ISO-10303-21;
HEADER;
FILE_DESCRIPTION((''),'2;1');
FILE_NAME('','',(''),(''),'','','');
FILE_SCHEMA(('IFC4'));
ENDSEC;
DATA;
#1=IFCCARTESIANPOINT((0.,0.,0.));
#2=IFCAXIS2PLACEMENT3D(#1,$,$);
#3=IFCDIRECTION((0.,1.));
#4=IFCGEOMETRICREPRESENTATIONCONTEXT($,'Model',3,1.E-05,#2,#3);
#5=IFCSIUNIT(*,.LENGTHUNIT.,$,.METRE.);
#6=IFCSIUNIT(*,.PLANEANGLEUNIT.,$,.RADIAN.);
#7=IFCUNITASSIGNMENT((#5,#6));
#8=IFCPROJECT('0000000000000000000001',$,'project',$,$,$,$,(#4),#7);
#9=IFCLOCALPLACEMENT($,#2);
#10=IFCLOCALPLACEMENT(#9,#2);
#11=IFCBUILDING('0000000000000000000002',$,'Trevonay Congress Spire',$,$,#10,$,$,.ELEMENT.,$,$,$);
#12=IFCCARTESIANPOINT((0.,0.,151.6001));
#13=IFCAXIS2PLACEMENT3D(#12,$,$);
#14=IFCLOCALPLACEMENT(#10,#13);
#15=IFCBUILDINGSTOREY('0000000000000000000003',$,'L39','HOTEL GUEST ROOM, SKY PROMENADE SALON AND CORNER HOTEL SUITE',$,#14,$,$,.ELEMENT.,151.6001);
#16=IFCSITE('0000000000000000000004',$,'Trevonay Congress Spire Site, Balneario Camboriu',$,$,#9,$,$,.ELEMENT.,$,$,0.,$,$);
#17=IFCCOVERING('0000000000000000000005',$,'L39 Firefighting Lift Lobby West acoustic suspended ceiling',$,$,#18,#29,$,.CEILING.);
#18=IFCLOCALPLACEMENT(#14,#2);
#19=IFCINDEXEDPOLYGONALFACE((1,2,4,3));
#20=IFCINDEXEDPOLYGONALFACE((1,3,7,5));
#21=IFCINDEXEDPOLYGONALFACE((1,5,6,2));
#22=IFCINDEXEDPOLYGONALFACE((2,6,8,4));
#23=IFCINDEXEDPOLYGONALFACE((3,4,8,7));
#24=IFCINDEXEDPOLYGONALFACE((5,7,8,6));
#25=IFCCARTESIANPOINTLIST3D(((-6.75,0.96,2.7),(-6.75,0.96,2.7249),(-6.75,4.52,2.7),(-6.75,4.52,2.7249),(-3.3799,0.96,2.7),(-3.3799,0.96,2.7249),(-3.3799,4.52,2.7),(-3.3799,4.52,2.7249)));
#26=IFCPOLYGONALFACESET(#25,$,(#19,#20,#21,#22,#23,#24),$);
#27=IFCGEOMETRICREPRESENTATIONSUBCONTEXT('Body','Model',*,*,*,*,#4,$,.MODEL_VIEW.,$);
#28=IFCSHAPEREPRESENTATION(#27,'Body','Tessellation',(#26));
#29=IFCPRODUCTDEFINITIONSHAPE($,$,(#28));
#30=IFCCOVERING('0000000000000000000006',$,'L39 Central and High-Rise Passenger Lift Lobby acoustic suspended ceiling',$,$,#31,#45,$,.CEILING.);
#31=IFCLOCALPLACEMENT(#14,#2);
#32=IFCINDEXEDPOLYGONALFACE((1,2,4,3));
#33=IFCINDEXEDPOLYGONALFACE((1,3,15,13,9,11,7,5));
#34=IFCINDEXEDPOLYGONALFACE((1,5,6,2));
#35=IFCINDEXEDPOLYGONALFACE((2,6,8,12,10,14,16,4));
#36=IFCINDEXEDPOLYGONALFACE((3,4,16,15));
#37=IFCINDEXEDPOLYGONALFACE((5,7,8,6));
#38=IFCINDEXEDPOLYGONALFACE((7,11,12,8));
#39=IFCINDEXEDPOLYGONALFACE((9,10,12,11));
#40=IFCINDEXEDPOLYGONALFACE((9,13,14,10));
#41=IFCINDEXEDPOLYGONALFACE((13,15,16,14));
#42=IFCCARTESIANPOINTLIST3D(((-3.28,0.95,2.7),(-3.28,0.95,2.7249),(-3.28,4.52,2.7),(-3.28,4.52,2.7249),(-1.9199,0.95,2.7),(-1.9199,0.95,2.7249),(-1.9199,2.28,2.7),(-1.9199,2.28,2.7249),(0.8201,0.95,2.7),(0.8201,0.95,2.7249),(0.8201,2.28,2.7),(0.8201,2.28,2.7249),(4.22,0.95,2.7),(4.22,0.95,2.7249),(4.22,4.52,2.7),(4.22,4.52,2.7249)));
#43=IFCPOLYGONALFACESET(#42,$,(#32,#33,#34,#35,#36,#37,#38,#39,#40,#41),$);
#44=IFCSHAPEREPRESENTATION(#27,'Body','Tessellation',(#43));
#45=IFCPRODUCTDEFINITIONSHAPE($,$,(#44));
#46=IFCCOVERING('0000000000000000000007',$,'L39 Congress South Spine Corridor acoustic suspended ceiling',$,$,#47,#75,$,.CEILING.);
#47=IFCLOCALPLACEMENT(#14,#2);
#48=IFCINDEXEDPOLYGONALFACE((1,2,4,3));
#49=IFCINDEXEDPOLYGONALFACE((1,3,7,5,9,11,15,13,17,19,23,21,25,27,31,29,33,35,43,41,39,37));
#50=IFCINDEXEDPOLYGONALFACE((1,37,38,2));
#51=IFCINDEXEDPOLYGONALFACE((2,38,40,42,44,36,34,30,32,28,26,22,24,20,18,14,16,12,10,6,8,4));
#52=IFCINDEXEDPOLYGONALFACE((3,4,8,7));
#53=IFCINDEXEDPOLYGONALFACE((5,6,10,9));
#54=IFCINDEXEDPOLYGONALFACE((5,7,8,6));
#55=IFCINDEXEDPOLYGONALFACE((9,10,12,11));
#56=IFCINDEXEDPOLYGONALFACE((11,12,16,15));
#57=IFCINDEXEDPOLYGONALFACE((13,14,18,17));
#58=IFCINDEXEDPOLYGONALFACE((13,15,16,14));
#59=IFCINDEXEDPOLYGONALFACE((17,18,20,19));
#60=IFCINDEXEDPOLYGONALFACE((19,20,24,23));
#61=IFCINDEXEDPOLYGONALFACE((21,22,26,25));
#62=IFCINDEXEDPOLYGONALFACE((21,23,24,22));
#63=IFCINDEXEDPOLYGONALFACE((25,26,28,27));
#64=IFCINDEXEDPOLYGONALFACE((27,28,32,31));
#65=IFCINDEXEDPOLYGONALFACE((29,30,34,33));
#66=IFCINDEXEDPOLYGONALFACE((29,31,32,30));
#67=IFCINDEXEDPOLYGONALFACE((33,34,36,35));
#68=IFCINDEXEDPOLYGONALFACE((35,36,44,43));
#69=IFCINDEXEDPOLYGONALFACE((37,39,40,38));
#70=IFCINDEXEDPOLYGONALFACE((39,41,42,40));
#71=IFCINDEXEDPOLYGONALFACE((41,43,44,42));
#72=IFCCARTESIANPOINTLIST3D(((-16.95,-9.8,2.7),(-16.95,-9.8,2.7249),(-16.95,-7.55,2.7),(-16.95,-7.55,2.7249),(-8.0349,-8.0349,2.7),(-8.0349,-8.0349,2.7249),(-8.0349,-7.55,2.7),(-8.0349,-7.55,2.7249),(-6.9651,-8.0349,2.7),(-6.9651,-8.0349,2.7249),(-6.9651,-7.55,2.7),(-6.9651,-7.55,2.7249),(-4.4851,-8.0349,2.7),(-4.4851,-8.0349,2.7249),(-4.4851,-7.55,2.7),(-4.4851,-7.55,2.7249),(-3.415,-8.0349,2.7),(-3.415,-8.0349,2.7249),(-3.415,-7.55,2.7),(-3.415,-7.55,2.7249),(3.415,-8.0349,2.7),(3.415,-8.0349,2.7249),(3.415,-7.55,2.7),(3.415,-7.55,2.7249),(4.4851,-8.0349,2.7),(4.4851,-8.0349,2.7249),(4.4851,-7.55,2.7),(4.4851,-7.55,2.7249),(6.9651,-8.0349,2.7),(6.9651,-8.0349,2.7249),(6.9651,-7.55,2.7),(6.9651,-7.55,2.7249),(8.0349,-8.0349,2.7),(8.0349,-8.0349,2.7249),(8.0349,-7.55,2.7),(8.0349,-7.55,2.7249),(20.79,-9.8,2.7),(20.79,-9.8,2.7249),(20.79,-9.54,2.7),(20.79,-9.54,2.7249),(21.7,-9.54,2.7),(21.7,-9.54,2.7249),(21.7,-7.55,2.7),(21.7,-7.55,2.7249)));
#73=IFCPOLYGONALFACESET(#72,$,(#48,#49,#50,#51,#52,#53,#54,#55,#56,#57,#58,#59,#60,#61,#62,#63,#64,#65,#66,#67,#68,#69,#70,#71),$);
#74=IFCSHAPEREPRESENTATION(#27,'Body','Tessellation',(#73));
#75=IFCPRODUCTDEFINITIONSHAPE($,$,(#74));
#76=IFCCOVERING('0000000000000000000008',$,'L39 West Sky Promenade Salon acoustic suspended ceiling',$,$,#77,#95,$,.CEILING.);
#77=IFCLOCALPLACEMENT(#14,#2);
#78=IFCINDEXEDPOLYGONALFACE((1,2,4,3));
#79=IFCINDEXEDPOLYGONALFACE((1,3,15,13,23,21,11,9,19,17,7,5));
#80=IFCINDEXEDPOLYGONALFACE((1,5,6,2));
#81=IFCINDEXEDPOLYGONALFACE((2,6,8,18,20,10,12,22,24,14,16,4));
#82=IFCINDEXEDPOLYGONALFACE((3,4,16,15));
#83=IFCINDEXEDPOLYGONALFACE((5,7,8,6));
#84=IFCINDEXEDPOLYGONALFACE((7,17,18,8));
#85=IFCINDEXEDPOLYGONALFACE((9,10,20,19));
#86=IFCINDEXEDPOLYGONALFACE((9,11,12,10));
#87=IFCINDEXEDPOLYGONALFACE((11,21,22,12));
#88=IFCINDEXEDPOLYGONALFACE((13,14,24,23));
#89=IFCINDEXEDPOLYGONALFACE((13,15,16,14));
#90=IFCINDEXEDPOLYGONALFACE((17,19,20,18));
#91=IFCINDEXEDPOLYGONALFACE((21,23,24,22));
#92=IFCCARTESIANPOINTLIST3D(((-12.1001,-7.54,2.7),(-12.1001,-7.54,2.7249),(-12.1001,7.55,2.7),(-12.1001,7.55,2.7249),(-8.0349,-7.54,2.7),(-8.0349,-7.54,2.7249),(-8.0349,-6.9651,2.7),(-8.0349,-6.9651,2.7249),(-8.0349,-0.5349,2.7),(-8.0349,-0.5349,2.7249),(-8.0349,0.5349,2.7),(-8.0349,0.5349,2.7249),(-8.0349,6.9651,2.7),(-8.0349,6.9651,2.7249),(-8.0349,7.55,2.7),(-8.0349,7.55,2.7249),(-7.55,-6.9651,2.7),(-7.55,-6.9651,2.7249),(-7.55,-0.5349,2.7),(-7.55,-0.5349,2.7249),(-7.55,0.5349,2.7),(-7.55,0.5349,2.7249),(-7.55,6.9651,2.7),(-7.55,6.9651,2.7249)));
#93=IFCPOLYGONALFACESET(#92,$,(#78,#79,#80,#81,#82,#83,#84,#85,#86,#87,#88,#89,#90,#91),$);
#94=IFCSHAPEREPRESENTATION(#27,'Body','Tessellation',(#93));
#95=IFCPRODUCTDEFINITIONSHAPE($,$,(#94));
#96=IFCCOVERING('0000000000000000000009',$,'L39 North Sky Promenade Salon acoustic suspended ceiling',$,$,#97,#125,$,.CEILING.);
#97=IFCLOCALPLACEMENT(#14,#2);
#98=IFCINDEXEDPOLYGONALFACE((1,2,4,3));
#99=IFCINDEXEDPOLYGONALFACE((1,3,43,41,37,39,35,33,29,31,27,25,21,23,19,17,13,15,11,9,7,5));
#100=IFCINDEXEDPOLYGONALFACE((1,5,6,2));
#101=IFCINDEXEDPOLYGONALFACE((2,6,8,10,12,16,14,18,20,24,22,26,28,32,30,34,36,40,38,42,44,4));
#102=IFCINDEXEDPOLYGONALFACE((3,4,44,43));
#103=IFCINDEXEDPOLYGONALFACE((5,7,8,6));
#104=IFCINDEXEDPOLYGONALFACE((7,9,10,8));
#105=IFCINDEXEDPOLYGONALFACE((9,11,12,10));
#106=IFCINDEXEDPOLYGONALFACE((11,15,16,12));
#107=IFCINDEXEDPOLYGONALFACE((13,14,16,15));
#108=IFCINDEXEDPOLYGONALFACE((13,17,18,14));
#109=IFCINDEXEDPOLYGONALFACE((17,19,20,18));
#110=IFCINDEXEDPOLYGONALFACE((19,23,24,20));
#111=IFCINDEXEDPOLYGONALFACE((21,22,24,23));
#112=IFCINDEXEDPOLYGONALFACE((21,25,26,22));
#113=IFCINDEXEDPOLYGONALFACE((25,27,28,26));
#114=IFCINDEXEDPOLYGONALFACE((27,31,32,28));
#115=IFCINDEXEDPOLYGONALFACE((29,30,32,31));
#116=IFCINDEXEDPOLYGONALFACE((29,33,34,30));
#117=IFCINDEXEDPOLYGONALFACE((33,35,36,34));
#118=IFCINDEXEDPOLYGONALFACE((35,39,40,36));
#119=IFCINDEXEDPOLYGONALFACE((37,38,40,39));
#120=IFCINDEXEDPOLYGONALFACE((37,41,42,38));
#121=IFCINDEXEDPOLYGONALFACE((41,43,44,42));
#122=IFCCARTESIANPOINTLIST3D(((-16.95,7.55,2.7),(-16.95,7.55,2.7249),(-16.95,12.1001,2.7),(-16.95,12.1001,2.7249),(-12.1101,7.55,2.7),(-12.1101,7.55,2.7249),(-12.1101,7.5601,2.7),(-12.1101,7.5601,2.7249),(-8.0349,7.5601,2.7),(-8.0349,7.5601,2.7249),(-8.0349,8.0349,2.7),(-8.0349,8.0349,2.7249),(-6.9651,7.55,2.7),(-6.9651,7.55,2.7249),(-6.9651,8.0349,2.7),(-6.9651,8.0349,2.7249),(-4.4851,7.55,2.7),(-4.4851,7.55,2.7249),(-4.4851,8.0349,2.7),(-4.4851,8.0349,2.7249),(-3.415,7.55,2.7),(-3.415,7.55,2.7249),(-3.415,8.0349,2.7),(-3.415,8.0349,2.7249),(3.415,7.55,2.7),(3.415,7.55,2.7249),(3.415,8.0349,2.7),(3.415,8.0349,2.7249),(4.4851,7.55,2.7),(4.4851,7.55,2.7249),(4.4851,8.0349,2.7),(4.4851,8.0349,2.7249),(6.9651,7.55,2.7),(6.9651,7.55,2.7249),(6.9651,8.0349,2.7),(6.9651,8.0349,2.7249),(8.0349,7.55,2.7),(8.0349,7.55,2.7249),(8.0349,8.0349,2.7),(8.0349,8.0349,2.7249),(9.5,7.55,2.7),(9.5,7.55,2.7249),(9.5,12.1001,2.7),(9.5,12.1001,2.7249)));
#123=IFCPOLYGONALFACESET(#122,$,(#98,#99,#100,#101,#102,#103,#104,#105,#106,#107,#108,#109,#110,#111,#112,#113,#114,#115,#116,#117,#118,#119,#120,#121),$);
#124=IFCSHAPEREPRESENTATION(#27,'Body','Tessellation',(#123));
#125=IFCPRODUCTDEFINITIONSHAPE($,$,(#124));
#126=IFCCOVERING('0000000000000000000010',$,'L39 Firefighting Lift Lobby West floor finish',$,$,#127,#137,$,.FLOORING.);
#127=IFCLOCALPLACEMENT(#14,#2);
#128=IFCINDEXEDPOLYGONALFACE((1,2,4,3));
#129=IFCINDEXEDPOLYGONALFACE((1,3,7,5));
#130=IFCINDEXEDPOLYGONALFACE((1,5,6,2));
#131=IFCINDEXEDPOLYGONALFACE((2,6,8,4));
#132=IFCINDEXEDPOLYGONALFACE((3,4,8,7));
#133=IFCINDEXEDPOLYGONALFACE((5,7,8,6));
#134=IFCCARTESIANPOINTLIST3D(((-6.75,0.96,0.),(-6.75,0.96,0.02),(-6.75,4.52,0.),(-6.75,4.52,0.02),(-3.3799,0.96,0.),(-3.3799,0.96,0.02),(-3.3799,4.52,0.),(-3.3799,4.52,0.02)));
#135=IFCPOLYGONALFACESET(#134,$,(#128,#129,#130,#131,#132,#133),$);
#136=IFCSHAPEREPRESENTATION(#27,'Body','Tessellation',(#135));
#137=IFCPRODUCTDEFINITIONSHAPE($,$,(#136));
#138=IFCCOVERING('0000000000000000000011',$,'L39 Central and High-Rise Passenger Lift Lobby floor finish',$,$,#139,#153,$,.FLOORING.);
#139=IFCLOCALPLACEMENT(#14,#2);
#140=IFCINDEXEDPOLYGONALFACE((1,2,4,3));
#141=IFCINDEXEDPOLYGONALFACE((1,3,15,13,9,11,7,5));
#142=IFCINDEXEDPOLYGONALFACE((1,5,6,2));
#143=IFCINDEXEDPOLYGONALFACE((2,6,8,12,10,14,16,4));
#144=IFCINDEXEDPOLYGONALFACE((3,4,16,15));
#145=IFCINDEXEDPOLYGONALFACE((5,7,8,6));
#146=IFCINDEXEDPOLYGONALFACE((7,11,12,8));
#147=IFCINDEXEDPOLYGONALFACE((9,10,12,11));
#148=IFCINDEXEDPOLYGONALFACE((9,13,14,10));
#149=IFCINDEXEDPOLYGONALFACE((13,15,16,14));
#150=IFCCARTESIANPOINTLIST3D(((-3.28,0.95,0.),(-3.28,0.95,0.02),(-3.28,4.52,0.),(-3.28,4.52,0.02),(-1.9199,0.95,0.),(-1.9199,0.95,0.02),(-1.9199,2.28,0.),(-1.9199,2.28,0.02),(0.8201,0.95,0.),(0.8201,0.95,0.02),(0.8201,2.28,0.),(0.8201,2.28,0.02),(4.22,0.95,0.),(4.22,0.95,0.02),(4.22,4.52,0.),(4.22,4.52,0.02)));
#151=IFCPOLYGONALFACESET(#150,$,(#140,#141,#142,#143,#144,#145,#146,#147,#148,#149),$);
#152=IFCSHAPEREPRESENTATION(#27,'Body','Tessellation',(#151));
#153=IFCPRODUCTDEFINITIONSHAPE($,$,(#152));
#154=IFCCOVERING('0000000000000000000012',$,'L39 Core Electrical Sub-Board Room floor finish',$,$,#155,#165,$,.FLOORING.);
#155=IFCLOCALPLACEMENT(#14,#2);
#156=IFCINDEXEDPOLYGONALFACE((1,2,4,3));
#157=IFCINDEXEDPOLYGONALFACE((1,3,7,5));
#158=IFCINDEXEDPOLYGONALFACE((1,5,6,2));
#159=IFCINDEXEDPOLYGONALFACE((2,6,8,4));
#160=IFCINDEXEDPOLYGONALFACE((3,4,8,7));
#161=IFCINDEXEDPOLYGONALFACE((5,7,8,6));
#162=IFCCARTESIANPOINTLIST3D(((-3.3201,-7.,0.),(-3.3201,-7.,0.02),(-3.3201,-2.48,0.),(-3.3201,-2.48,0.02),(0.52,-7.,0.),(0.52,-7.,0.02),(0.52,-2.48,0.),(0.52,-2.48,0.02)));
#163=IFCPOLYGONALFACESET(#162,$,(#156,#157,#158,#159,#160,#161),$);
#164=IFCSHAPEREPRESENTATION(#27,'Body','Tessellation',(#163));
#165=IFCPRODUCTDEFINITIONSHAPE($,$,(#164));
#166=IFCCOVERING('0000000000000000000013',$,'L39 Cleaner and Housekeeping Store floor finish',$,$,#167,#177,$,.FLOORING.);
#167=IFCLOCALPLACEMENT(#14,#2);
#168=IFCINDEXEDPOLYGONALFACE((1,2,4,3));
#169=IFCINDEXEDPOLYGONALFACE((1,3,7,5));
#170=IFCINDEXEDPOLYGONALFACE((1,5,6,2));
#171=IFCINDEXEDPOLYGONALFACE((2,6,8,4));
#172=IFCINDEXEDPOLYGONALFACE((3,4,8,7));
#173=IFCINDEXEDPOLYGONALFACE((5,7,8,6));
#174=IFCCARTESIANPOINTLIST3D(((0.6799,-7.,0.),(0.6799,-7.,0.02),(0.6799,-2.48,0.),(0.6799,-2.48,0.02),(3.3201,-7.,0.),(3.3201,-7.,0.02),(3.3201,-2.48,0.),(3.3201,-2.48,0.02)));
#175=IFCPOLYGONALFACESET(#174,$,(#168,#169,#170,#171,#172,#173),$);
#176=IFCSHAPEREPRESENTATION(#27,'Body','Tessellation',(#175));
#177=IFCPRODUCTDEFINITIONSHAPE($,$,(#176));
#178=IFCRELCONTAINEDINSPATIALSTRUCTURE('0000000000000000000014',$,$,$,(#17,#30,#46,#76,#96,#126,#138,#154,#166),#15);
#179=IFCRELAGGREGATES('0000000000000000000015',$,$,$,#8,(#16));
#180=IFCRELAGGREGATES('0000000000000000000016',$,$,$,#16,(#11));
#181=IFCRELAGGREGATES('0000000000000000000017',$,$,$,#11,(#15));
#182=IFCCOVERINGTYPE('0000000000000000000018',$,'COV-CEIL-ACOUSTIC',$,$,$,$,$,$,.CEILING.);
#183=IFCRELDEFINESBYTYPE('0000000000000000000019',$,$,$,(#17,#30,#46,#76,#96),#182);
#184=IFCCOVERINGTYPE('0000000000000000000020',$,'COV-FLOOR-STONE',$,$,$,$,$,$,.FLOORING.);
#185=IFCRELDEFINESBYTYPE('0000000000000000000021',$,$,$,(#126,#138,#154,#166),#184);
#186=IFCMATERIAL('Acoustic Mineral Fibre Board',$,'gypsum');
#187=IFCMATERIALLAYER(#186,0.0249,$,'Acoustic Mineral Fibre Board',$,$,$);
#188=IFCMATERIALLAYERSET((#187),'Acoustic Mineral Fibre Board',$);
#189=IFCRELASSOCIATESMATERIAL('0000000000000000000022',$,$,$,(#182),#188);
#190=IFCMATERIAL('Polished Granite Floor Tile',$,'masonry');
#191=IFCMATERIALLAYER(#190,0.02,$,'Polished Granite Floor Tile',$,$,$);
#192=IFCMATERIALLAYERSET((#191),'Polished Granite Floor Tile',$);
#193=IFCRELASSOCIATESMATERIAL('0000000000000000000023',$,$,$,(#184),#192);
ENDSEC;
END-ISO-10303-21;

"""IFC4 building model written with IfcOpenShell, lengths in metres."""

from ifc_helpers import new_model, si_unit, direction, frame, origin, place, context, subcontext, project, spatial, polyline, outline, extrude, material, layer, layer_set, type_object, element, save


model = new_model("IFC4")

# Units and contexts
model_context = context("Model", 3, precision=1e-05, world=origin(), true_north=direction((0.0, 1.0)))
body_context = subcontext(model_context, "Body", "Model", "MODEL_VIEW")
ifc_project = project(units=[si_unit("LENGTHUNIT", "METRE"), si_unit("PLANEANGLEUNIT", "RADIAN")], contexts=[model_context])

# Site, building, storey
site_placement = place(None, origin())
site = spatial("IfcSite", under=ifc_project, at=site_placement, Name="Trevonay Congress Spire Site, Balneario Camboriu", CompositionType="ELEMENT", RefElevation=0.0)
building_placement = place(site_placement, origin())
building = spatial("IfcBuilding", under=site, at=building_placement, Name="Trevonay Congress Spire", CompositionType="ELEMENT")
storey_placement = place(building_placement, frame((0.0, 0.0, 151.6001)))
storey = spatial("IfcBuildingStorey", under=building, at=storey_placement, Name="L39", Description="HOTEL GUEST ROOM, SKY PROMENADE SALON AND CORNER HOTEL SUITE", CompositionType="ELEMENT", Elevation=151.6001)

# Coverings
ifc_material_1 = material(Name="Acoustic Mineral Fibre Board", Category="gypsum")
ifc_layer_1 = layer(ifc_material_1, 0.0249, Name="Acoustic Mineral Fibre Board")
ifc_layer_set_1 = layer_set([ifc_layer_1], Name="Acoustic Mineral Fibre Board")
covering_type_1 = type_object("IfcCoveringType", Name="COV-CEIL-ACOUSTIC", PredefinedType="CEILING", material=ifc_layer_set_1)
covering_1_placement = place(storey_placement, frame((0.0, 0.0, 2.7)))
element("IfcCovering", 1, at=covering_1_placement, inside=storey, type_object=covering_type_1, Name="L39 Firefighting Lift Lobby West acoustic suspended ceiling", PredefinedType="CEILING", context=body_context, shape_type="SweptSolid", body=[
    extrude(outline(polyline([(-6.75, 0.96), (-3.3799, 0.96), (-3.3799, 4.52), (-6.75, 4.52), (-6.75, 0.96)])), origin(), (0.0, 0.0, 1.0), 0.0249),
])
covering_2_placement = place(storey_placement, frame((0.0, 0.0, 2.7)))
element("IfcCovering", 2, at=covering_2_placement, inside=storey, type_object=covering_type_1, Name="L39 Central and High-Rise Passenger Lift Lobby acoustic suspended ceiling", PredefinedType="CEILING", context=body_context, shape_type="SweptSolid", body=[
    extrude(outline(polyline([(-3.28, 0.95), (-1.9199, 0.95), (-1.9199, 2.28), (0.8201, 2.28), (0.8201, 0.95), (4.22, 0.95), (4.22, 4.52), (-3.28, 4.52), (-3.28, 0.95)])), origin(), (0.0, 0.0, 1.0), 0.0249),
])
covering_3_placement = place(storey_placement, frame((0.0, 0.0, 2.7)))
element("IfcCovering", 3, at=covering_3_placement, inside=storey, type_object=covering_type_1, Name="L39 Congress South Spine Corridor acoustic suspended ceiling", PredefinedType="CEILING", context=body_context, shape_type="SweptSolid", body=[
    extrude(outline(polyline([(-16.95, -9.8), (-16.95, -7.55), (-8.0349, -7.55), (-8.0349, -8.0349), (-6.9651, -8.0349), (-6.9651, -7.55), (-4.4851, -7.55), (-4.4851, -8.0349), (-3.415, -8.0349), (-3.415, -7.55), (3.415, -7.55), (3.415, -8.0349), (4.4851, -8.0349), (4.4851, -7.55), (6.9651, -7.55), (6.9651, -8.0349), (8.0349, -8.0349), (8.0349, -7.55), (21.7, -7.55), (21.7, -9.54), (20.79, -9.54), (20.79, -9.8), (-16.95, -9.8)])), origin(), (0.0, 0.0, 1.0), 0.0249),
])
covering_4_placement = place(storey_placement, frame((0.0, 0.0, 2.7)))
element("IfcCovering", 4, at=covering_4_placement, inside=storey, type_object=covering_type_1, Name="L39 West Sky Promenade Salon acoustic suspended ceiling", PredefinedType="CEILING", context=body_context, shape_type="SweptSolid", body=[
    extrude(outline(polyline([(-12.1001, 7.55), (-8.0349, 7.55), (-8.0349, 6.9651), (-7.55, 6.9651), (-7.55, 0.5349), (-8.0349, 0.5349), (-8.0349, -0.5349), (-7.55, -0.5349), (-7.55, -6.9651), (-8.0349, -6.9651), (-8.0349, -7.54), (-12.1001, -7.54), (-12.1001, 7.55)])), origin(), (0.0, 0.0, 1.0), 0.0249),
])
covering_5_placement = place(storey_placement, frame((0.0, 0.0, 2.7)))
element("IfcCovering", 5, at=covering_5_placement, inside=storey, type_object=covering_type_1, Name="L39 North Sky Promenade Salon acoustic suspended ceiling", PredefinedType="CEILING", context=body_context, shape_type="SweptSolid", body=[
    extrude(outline(polyline([(-16.95, 12.1001), (9.5, 12.1001), (9.5, 7.55), (8.0349, 7.55), (8.0349, 8.0349), (6.9651, 8.0349), (6.9651, 7.55), (4.4851, 7.55), (4.4851, 8.0349), (3.415, 8.0349), (3.415, 7.55), (-3.415, 7.55), (-3.415, 8.0349), (-4.4851, 8.0349), (-4.4851, 7.55), (-6.9651, 7.55), (-6.9651, 8.0349), (-8.0349, 8.0349), (-8.0349, 7.5601), (-12.1101, 7.5601), (-12.1101, 7.55), (-16.95, 7.55), (-16.95, 12.1001)])), origin(), (0.0, 0.0, 1.0), 0.0249),
])
ifc_material_2 = material(Name="Polished Granite Floor Tile", Category="masonry")
ifc_layer_2 = layer(ifc_material_2, 0.02, Name="Polished Granite Floor Tile")
ifc_layer_set_2 = layer_set([ifc_layer_2], Name="Polished Granite Floor Tile")
covering_type_2 = type_object("IfcCoveringType", Name="COV-FLOOR-STONE", PredefinedType="FLOORING", material=ifc_layer_set_2)
covering_6_placement = place(storey_placement, origin())
element("IfcCovering", 6, at=covering_6_placement, inside=storey, type_object=covering_type_2, Name="L39 Firefighting Lift Lobby West floor finish", PredefinedType="FLOORING", context=body_context, shape_type="SweptSolid", body=[
    extrude(outline(polyline([(-6.75, 0.96), (-3.3799, 0.96), (-3.3799, 4.52), (-6.75, 4.52), (-6.75, 0.96)])), origin(), (0.0, 0.0, 1.0), 0.02),
])
covering_7_placement = place(storey_placement, origin())
element("IfcCovering", 7, at=covering_7_placement, inside=storey, type_object=covering_type_2, Name="L39 Central and High-Rise Passenger Lift Lobby floor finish", PredefinedType="FLOORING", context=body_context, shape_type="SweptSolid", body=[
    extrude(outline(polyline([(-3.28, 0.95), (-1.9199, 0.95), (-1.9199, 2.28), (0.8201, 2.28), (0.8201, 0.95), (4.22, 0.95), (4.22, 4.52), (-3.28, 4.52), (-3.28, 0.95)])), origin(), (0.0, 0.0, 1.0), 0.02),
])
covering_8_placement = place(storey_placement, origin())
element("IfcCovering", 8, at=covering_8_placement, inside=storey, type_object=covering_type_2, Name="L39 Core Electrical Sub-Board Room floor finish", PredefinedType="FLOORING", context=body_context, shape_type="SweptSolid", body=[
    extrude(outline(polyline([(-3.3201, -7.0), (0.52, -7.0), (0.52, -2.48), (-3.3201, -2.48), (-3.3201, -7.0)])), origin(), (0.0, 0.0, 1.0), 0.02),
])
covering_9_placement = place(storey_placement, origin())
element("IfcCovering", 9, at=covering_9_placement, inside=storey, type_object=covering_type_2, Name="L39 Cleaner and Housekeeping Store floor finish", PredefinedType="FLOORING", context=body_context, shape_type="SweptSolid", body=[
    extrude(outline(polyline([(0.6799, -7.0), (3.3201, -7.0), (3.3201, -2.48), (0.6799, -2.48), (0.6799, -7.0)])), origin(), (0.0, 0.0, 1.0), 0.02),
])

save(model, "model.ifc")
